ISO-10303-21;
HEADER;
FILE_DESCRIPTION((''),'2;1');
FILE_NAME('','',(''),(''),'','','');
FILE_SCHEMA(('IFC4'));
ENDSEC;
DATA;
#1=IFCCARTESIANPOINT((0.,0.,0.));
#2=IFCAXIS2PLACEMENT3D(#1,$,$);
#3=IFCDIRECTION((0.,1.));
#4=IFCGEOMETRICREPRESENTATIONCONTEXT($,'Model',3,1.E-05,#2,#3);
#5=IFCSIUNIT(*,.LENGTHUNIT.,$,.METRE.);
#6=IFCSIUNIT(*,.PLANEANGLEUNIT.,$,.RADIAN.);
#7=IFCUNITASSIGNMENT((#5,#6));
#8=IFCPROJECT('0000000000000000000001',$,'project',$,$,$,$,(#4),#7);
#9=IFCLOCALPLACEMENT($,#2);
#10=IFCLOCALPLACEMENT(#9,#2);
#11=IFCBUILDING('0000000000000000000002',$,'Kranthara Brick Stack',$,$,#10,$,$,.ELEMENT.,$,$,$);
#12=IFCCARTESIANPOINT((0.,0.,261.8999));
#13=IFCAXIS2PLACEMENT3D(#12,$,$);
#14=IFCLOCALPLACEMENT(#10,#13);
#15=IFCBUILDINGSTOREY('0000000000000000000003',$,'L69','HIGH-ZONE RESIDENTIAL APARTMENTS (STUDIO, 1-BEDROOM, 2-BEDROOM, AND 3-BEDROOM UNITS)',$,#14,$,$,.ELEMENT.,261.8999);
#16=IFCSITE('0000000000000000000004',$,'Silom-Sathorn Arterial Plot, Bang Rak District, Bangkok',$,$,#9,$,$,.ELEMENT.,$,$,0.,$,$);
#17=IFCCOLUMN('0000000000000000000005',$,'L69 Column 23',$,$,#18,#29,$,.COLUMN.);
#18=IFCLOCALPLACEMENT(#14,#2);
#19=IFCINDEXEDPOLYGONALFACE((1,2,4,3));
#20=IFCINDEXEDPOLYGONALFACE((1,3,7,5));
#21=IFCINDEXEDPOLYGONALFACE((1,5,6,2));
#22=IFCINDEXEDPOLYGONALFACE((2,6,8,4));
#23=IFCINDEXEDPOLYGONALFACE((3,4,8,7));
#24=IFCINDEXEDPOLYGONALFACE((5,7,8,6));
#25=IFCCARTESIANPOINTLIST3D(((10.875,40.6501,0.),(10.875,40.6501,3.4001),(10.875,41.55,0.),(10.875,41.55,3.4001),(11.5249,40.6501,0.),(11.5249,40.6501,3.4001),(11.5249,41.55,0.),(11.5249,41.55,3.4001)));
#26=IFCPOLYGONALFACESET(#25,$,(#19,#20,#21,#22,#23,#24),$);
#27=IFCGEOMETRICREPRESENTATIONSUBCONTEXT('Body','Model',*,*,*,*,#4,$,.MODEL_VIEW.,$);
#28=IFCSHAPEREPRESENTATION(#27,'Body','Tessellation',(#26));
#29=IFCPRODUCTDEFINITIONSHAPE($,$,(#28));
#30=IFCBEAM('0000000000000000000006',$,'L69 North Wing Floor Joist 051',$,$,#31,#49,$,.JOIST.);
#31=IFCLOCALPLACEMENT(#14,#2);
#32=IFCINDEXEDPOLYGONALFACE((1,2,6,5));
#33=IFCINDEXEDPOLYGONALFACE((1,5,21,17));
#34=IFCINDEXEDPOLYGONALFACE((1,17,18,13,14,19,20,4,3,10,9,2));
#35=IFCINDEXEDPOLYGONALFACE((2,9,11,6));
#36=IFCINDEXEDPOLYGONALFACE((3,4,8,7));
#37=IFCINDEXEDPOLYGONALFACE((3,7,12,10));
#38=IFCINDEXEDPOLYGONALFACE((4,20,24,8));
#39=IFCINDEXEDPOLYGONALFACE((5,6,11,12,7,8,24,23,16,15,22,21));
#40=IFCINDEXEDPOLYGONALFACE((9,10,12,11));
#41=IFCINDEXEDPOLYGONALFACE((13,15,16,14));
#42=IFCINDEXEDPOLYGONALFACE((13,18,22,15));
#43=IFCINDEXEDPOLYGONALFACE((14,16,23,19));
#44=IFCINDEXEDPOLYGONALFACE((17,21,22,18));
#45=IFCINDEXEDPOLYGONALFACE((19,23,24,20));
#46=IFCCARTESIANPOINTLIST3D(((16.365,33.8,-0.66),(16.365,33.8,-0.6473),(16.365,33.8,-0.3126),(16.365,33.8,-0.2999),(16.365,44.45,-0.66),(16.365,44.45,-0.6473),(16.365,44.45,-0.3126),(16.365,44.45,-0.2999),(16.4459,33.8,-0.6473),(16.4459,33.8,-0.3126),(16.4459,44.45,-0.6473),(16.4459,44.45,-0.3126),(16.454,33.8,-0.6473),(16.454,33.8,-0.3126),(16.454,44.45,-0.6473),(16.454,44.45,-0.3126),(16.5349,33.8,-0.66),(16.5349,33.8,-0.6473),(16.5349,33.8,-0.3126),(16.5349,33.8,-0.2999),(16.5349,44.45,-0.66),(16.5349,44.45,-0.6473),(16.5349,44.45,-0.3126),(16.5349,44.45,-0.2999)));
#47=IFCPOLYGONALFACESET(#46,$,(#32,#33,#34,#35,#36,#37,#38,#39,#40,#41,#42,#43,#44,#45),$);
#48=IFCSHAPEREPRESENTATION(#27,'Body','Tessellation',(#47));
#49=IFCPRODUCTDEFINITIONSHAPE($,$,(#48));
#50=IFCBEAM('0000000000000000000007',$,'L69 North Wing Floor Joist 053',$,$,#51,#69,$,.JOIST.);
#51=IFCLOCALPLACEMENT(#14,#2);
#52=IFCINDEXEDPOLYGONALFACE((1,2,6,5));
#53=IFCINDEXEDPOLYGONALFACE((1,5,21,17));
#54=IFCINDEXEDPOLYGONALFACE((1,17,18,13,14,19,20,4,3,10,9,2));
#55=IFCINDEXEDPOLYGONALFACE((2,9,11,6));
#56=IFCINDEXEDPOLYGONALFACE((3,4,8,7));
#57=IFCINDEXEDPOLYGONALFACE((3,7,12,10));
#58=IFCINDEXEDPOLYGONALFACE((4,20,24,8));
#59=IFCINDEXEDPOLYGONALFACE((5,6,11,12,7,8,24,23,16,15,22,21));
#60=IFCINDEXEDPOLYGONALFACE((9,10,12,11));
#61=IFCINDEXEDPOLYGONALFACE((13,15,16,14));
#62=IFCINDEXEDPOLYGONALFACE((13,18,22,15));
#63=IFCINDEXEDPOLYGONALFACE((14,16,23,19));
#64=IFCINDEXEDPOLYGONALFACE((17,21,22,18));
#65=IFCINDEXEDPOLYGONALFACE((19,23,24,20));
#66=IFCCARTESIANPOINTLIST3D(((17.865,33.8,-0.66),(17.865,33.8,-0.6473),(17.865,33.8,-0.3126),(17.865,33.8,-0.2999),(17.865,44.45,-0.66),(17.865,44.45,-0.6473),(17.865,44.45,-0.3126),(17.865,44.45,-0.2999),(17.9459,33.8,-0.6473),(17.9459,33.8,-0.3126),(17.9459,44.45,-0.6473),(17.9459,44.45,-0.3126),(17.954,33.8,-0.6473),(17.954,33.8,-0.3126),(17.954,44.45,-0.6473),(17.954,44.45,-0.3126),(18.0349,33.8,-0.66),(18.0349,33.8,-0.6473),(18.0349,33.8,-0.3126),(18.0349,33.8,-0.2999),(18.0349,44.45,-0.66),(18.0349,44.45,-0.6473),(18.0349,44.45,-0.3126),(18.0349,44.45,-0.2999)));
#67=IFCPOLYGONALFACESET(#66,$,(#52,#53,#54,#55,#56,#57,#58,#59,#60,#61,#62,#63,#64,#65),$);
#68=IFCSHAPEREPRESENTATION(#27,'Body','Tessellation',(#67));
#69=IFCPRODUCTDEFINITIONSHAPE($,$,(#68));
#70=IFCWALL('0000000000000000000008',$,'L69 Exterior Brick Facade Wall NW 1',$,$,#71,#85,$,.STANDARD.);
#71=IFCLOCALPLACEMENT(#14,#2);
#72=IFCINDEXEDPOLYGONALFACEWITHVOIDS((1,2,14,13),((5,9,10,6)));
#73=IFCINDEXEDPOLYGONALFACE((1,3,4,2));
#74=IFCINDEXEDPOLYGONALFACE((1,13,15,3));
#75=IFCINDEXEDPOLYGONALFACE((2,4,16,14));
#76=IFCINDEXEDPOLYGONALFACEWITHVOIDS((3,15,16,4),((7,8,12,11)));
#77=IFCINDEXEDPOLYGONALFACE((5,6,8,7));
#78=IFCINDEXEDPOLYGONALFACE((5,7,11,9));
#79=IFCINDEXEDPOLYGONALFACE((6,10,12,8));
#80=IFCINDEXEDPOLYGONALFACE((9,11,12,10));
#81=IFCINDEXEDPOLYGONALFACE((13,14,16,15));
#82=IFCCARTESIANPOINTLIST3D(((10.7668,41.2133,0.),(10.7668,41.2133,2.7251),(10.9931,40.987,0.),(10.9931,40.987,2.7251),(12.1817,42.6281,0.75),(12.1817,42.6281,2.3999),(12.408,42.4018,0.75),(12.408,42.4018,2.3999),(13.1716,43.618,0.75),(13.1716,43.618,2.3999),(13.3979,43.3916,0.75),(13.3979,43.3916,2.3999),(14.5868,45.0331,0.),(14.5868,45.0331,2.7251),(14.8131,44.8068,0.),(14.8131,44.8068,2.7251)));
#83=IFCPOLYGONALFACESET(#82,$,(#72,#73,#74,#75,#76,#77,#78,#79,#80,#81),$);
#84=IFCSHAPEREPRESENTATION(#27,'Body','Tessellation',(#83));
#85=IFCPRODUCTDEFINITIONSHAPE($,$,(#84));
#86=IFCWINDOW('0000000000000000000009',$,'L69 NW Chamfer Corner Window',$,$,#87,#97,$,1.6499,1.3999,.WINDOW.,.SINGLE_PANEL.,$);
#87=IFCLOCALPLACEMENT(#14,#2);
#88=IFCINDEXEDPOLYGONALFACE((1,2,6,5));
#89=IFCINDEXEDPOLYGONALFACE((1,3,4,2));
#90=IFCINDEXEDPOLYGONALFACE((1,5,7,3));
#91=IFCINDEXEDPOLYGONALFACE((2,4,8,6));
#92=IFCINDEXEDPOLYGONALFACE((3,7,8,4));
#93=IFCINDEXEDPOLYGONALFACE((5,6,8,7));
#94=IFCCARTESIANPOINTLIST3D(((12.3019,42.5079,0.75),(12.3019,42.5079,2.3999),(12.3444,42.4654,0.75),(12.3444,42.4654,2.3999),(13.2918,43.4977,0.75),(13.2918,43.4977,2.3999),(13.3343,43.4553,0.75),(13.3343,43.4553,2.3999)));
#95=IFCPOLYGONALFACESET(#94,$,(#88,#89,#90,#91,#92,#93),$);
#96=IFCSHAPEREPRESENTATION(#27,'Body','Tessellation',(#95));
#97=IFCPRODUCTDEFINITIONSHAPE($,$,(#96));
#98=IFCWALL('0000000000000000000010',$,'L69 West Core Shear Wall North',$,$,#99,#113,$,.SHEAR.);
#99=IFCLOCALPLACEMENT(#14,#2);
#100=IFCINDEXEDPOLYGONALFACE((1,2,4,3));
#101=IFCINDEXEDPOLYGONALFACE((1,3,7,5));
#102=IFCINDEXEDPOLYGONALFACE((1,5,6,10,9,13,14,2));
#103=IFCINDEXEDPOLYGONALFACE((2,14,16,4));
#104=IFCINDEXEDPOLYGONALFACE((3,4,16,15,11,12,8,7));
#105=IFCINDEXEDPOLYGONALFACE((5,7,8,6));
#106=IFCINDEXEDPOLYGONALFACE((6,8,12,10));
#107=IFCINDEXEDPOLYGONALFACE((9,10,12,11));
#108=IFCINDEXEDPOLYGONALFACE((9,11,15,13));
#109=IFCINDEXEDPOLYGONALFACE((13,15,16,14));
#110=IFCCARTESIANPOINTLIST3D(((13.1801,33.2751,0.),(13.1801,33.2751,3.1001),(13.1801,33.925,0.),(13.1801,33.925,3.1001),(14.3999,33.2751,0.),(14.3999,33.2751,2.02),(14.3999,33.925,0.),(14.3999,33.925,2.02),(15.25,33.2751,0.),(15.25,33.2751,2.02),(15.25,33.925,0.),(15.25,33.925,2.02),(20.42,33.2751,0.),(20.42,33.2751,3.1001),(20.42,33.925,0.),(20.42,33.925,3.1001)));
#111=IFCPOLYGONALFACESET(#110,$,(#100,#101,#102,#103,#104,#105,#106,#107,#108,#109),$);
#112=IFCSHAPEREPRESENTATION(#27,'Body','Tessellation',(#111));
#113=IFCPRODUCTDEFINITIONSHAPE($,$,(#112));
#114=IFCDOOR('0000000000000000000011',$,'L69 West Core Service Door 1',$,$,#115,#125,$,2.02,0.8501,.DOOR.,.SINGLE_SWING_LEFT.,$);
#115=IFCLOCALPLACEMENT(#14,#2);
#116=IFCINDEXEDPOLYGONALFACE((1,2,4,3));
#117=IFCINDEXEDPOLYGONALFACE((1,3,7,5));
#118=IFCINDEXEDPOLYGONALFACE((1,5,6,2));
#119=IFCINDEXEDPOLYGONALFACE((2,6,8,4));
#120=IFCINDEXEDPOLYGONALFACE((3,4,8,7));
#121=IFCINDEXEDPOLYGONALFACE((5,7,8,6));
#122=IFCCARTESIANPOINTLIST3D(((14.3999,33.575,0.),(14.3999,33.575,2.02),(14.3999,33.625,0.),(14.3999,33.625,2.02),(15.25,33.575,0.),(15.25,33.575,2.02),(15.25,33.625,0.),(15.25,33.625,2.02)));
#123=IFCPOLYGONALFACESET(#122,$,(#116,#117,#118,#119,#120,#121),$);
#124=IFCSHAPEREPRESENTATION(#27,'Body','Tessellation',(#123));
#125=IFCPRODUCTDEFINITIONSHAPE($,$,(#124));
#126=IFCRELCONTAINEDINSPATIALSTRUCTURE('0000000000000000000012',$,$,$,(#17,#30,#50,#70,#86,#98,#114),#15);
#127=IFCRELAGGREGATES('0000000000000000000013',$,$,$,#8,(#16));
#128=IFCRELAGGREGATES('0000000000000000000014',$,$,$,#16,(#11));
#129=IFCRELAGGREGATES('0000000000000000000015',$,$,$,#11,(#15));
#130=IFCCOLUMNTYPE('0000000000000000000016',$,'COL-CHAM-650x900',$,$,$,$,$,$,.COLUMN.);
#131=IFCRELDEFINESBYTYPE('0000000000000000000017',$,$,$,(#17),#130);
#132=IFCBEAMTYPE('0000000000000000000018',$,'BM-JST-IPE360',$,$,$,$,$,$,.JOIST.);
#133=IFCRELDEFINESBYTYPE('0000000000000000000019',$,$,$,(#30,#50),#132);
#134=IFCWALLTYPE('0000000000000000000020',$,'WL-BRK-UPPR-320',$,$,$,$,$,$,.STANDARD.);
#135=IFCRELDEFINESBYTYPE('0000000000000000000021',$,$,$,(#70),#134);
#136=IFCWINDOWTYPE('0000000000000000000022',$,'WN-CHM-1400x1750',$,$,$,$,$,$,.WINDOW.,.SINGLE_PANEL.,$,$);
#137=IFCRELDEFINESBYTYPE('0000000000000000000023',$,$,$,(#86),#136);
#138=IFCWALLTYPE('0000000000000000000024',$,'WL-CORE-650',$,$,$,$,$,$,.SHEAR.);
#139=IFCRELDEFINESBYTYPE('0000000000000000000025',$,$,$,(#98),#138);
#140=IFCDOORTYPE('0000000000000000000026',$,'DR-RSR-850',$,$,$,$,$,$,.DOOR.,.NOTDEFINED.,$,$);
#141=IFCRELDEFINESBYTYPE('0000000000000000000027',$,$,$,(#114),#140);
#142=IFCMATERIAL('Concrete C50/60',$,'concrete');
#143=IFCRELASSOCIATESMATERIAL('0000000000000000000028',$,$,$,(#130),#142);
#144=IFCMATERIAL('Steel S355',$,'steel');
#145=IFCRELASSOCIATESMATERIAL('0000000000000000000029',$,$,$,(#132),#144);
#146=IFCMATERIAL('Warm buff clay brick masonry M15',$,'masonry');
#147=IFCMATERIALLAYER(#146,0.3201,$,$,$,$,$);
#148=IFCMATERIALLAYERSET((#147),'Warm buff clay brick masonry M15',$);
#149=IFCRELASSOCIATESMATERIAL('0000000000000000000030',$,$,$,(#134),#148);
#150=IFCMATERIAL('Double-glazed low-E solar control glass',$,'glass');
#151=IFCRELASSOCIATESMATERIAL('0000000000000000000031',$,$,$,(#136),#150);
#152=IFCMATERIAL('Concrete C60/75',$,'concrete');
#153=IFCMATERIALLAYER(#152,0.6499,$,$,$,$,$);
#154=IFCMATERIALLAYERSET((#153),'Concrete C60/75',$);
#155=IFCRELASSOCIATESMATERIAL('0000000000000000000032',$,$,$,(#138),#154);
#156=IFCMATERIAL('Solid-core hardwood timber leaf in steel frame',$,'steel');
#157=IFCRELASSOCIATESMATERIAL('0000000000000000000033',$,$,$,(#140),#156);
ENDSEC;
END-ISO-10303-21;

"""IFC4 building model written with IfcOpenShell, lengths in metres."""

from ifc_helpers import new_model, si_unit, direction, frame, frame_2d, origin, origin_2d, place, context, subcontext, project, spatial, rectangle, i_section, extrude, material, layer, layer_set, material_profile, profile_set, type_object, element, fill, save


model = new_model("IFC4")

# Units and contexts
model_context = context("Model", 3, precision=1e-05, world=origin(), true_north=direction((0.0, 1.0)))
body_context = subcontext(model_context, "Body", "Model", "MODEL_VIEW")
ifc_project = project(units=[si_unit("LENGTHUNIT", "METRE"), si_unit("PLANEANGLEUNIT", "RADIAN")], contexts=[model_context])

# Site, building, storey
site_placement = place(None, origin())
site = spatial("IfcSite", under=ifc_project, at=site_placement, Name="Silom-Sathorn Arterial Plot, Bang Rak District, Bangkok", CompositionType="ELEMENT", RefElevation=0.0)
building_placement = place(site_placement, origin())
building = spatial("IfcBuilding", under=site, at=building_placement, Name="Kranthara Brick Stack", CompositionType="ELEMENT")
storey_placement = place(building_placement, frame((0.0, 0.0, 261.8999)))
storey = spatial("IfcBuildingStorey", under=building, at=storey_placement, Name="L69", Description="HIGH-ZONE RESIDENTIAL APARTMENTS (STUDIO, 1-BEDROOM, 2-BEDROOM, AND 3-BEDROOM UNITS)", CompositionType="ELEMENT", Elevation=261.8999)

# Column
ifc_material_1 = material(Name="Concrete C50/60", Category="concrete")
ifc_material_profile_1 = material_profile(ifc_material_1, rectangle(XDim=0.6499, YDim=0.8999, at=origin_2d()), Name="RC 650x900")
ifc_profile_set_1 = profile_set([ifc_material_profile_1], Name="Concrete C50/60")
column_type = type_object("IfcColumnType", Name="COL-CHAM-650x900", PredefinedType="COLUMN", material=ifc_profile_set_1)
column_placement = place(storey_placement, frame((11.2, 41.1001, 0.0), z_axis=(0.0, 0.0, 1.0), x_axis=(1.0, 0.0, 0.0)))
element("IfcColumn", 1, at=column_placement, inside=storey, type_object=column_type, Name="L69 Column 23", PredefinedType="COLUMN", context=body_context, shape_type="SweptSolid", body=[
    extrude(rectangle(XDim=0.6499, YDim=0.8999, at=origin_2d()), origin(), (0.0, 0.0, 1.0), 3.4001),
])

# Beams
ifc_material_2 = material(Name="Steel S355", Category="steel")
ifc_material_profile_2 = material_profile(ifc_material_2, i_section(OverallWidth=0.1699, OverallDepth=0.3601, WebThickness=0.0081, FlangeThickness=0.0127, at=origin_2d()), Name="IPE 360")
ifc_profile_set_2 = profile_set([ifc_material_profile_2], Name="Steel S355")
beam_type = type_object("IfcBeamType", Name="BM-JST-IPE360", PredefinedType="JOIST", material=ifc_profile_set_2)
for number, where, z_axis, x_axis, name in (
    (2, (16.45, 33.8, -0.48), (0.0, 1.0, 0.0), (-1.0, 0.0, 0.0), "L69 North Wing Floor Joist 051"),
    (3, (17.95, 33.8, -0.48), (0.0, 1.0, 0.0), (-1.0, 0.0, 0.0), "L69 North Wing Floor Joist 053"),
):
    element("IfcBeam", number, at=place(storey_placement, frame(where, z_axis=z_axis, x_axis=x_axis)), inside=storey, type_object=beam_type, Name=name, PredefinedType="JOIST", context=body_context, shape_type="SweptSolid", body=[
        extrude(i_section(OverallWidth=0.1699, OverallDepth=0.3601, WebThickness=0.0081, FlangeThickness=0.0127, at=origin_2d()), origin(), (0.0, 0.0, 1.0), 10.6499),
    ])

# Wall, opening, window
ifc_material_3 = material(Name="Warm buff clay brick masonry M15", Category="masonry")
ifc_layer_1 = layer(ifc_material_3, 0.3201)
ifc_layer_set_1 = layer_set([ifc_layer_1], Name="Warm buff clay brick masonry M15")
wall_type_1 = type_object("IfcWallType", Name="WL-BRK-UPPR-320", PredefinedType="STANDARD", material=ifc_layer_set_1)
wall_1_placement = place(storey_placement, frame((10.8799, 41.1001, 0.0), z_axis=(0.0, 0.0, 1.0), x_axis=(0.707129, 0.707084, 0.0)))
wall_1 = element("IfcWall", 4, at=wall_1_placement, inside=storey, type_object=wall_type_1, Name="L69 Exterior Brick Facade Wall NW 1", PredefinedType="STANDARD", context=body_context, shape_type="SweptSolid", body=[
    extrude(rectangle(XDim=5.4021, YDim=0.3201, at=frame_2d((2.7012, 0.0))), origin(), (0.0, 0.0, 1.0), 2.7251),
])
opening_1_placement = place(wall_1_placement, frame((2.001, 0.0, 0.75)))
opening_1 = element("IfcOpeningElement", 5, at=opening_1_placement, cuts=wall_1, PredefinedType="OPENING", context=body_context, shape_type="SweptSolid", body=[
    extrude(rectangle(XDim=1.3999, YDim=1.6499, at=frame_2d((0.7, 0.825))), frame((0.0, 0.1699, 0.0), z_axis=(0.0, -1.0, 0.0), x_axis=(1.0, 0.0, 0.0)), (0.0, 0.0, 1.0), 0.3401),
])
ifc_material_4 = material(Name="Double-glazed low-E solar control glass", Category="glass")
window_type = type_object("IfcWindowType", Name="WN-CHM-1400x1750", PartitioningType="SINGLE_PANEL", PredefinedType="WINDOW", material=ifc_material_4)
window_placement = place(opening_1_placement, origin())
window = element("IfcWindow", 6, at=window_placement, inside=storey, type_object=window_type, Name="L69 NW Chamfer Corner Window", OverallHeight=1.6499, OverallWidth=1.3999, PartitioningType="SINGLE_PANEL", PredefinedType="WINDOW", context=body_context, shape_type="SweptSolid", body=[
    extrude(rectangle(XDim=1.3999, YDim=1.6499, at=frame_2d((0.7, 0.825))), frame((0.0, -0.01, 0.0), z_axis=(0.0, -1.0, 0.0), x_axis=(1.0, 0.0, 0.0)), (0.0, 0.0, 1.0), 0.0601),
])
fill(opening_1, window)

# Wall, opening, door
ifc_material_5 = material(Name="Concrete C60/75", Category="concrete")
ifc_layer_2 = layer(ifc_material_5, 0.6499)
ifc_layer_set_2 = layer_set([ifc_layer_2], Name="Concrete C60/75")
wall_type_2 = type_object("IfcWallType", Name="WL-CORE-650", PredefinedType="SHEAR", material=ifc_layer_set_2)
wall_2_placement = place(storey_placement, frame((13.1799, 33.6001, 0.0), z_axis=(0.0, 0.0, 1.0), x_axis=(1.0, 0.0, 0.0)))
wall_2 = element("IfcWall", 7, at=wall_2_placement, inside=storey, type_object=wall_type_2, Name="L69 West Core Shear Wall North", PredefinedType="SHEAR", context=body_context, shape_type="SweptSolid", body=[
    extrude(rectangle(XDim=7.24, YDim=0.6499, at=frame_2d((3.6201, 0.0))), origin(), (0.0, 0.0, 1.0), 3.1001),
])
opening_2_placement = place(wall_2_placement, frame((1.22, 0.0, 0.0)))
opening_2 = element("IfcOpeningElement", 8, at=opening_2_placement, cuts=wall_2, PredefinedType="OPENING", context=body_context, shape_type="SweptSolid", body=[
    extrude(rectangle(XDim=0.8501, YDim=2.02, at=frame_2d((0.425, 1.01))), frame((0.0, 0.335, 0.0), z_axis=(0.0, -1.0, 0.0), x_axis=(1.0, 0.0, 0.0)), (0.0, 0.0, 1.0), 0.6699),
])
ifc_material_6 = material(Name="Solid-core hardwood timber leaf in steel frame", Category="steel")
door_type_1 = type_object("IfcDoorType", Name="DR-RSR-850", OperationType="NOTDEFINED", PredefinedType="DOOR", material=ifc_material_6)
door_1_placement = place(opening_2_placement, origin())
door_1 = element("IfcDoor", 9, at=door_1_placement, inside=storey, type_object=door_type_1, Name="L69 West Core Service Door 1", OperationType="SINGLE_SWING_LEFT", OverallHeight=2.02, OverallWidth=0.8501, PredefinedType="DOOR", context=body_context, shape_type="SweptSolid", body=[
    extrude(rectangle(XDim=0.8501, YDim=2.02, at=frame_2d((0.425, 1.01))), frame((0.0, 0.0249, 0.0), z_axis=(0.0, -1.0, 0.0), x_axis=(1.0, 0.0, 0.0)), (0.0, 0.0, 1.0), 0.05),
])
fill(opening_2, door_1)

save(model, "model.ifc")
